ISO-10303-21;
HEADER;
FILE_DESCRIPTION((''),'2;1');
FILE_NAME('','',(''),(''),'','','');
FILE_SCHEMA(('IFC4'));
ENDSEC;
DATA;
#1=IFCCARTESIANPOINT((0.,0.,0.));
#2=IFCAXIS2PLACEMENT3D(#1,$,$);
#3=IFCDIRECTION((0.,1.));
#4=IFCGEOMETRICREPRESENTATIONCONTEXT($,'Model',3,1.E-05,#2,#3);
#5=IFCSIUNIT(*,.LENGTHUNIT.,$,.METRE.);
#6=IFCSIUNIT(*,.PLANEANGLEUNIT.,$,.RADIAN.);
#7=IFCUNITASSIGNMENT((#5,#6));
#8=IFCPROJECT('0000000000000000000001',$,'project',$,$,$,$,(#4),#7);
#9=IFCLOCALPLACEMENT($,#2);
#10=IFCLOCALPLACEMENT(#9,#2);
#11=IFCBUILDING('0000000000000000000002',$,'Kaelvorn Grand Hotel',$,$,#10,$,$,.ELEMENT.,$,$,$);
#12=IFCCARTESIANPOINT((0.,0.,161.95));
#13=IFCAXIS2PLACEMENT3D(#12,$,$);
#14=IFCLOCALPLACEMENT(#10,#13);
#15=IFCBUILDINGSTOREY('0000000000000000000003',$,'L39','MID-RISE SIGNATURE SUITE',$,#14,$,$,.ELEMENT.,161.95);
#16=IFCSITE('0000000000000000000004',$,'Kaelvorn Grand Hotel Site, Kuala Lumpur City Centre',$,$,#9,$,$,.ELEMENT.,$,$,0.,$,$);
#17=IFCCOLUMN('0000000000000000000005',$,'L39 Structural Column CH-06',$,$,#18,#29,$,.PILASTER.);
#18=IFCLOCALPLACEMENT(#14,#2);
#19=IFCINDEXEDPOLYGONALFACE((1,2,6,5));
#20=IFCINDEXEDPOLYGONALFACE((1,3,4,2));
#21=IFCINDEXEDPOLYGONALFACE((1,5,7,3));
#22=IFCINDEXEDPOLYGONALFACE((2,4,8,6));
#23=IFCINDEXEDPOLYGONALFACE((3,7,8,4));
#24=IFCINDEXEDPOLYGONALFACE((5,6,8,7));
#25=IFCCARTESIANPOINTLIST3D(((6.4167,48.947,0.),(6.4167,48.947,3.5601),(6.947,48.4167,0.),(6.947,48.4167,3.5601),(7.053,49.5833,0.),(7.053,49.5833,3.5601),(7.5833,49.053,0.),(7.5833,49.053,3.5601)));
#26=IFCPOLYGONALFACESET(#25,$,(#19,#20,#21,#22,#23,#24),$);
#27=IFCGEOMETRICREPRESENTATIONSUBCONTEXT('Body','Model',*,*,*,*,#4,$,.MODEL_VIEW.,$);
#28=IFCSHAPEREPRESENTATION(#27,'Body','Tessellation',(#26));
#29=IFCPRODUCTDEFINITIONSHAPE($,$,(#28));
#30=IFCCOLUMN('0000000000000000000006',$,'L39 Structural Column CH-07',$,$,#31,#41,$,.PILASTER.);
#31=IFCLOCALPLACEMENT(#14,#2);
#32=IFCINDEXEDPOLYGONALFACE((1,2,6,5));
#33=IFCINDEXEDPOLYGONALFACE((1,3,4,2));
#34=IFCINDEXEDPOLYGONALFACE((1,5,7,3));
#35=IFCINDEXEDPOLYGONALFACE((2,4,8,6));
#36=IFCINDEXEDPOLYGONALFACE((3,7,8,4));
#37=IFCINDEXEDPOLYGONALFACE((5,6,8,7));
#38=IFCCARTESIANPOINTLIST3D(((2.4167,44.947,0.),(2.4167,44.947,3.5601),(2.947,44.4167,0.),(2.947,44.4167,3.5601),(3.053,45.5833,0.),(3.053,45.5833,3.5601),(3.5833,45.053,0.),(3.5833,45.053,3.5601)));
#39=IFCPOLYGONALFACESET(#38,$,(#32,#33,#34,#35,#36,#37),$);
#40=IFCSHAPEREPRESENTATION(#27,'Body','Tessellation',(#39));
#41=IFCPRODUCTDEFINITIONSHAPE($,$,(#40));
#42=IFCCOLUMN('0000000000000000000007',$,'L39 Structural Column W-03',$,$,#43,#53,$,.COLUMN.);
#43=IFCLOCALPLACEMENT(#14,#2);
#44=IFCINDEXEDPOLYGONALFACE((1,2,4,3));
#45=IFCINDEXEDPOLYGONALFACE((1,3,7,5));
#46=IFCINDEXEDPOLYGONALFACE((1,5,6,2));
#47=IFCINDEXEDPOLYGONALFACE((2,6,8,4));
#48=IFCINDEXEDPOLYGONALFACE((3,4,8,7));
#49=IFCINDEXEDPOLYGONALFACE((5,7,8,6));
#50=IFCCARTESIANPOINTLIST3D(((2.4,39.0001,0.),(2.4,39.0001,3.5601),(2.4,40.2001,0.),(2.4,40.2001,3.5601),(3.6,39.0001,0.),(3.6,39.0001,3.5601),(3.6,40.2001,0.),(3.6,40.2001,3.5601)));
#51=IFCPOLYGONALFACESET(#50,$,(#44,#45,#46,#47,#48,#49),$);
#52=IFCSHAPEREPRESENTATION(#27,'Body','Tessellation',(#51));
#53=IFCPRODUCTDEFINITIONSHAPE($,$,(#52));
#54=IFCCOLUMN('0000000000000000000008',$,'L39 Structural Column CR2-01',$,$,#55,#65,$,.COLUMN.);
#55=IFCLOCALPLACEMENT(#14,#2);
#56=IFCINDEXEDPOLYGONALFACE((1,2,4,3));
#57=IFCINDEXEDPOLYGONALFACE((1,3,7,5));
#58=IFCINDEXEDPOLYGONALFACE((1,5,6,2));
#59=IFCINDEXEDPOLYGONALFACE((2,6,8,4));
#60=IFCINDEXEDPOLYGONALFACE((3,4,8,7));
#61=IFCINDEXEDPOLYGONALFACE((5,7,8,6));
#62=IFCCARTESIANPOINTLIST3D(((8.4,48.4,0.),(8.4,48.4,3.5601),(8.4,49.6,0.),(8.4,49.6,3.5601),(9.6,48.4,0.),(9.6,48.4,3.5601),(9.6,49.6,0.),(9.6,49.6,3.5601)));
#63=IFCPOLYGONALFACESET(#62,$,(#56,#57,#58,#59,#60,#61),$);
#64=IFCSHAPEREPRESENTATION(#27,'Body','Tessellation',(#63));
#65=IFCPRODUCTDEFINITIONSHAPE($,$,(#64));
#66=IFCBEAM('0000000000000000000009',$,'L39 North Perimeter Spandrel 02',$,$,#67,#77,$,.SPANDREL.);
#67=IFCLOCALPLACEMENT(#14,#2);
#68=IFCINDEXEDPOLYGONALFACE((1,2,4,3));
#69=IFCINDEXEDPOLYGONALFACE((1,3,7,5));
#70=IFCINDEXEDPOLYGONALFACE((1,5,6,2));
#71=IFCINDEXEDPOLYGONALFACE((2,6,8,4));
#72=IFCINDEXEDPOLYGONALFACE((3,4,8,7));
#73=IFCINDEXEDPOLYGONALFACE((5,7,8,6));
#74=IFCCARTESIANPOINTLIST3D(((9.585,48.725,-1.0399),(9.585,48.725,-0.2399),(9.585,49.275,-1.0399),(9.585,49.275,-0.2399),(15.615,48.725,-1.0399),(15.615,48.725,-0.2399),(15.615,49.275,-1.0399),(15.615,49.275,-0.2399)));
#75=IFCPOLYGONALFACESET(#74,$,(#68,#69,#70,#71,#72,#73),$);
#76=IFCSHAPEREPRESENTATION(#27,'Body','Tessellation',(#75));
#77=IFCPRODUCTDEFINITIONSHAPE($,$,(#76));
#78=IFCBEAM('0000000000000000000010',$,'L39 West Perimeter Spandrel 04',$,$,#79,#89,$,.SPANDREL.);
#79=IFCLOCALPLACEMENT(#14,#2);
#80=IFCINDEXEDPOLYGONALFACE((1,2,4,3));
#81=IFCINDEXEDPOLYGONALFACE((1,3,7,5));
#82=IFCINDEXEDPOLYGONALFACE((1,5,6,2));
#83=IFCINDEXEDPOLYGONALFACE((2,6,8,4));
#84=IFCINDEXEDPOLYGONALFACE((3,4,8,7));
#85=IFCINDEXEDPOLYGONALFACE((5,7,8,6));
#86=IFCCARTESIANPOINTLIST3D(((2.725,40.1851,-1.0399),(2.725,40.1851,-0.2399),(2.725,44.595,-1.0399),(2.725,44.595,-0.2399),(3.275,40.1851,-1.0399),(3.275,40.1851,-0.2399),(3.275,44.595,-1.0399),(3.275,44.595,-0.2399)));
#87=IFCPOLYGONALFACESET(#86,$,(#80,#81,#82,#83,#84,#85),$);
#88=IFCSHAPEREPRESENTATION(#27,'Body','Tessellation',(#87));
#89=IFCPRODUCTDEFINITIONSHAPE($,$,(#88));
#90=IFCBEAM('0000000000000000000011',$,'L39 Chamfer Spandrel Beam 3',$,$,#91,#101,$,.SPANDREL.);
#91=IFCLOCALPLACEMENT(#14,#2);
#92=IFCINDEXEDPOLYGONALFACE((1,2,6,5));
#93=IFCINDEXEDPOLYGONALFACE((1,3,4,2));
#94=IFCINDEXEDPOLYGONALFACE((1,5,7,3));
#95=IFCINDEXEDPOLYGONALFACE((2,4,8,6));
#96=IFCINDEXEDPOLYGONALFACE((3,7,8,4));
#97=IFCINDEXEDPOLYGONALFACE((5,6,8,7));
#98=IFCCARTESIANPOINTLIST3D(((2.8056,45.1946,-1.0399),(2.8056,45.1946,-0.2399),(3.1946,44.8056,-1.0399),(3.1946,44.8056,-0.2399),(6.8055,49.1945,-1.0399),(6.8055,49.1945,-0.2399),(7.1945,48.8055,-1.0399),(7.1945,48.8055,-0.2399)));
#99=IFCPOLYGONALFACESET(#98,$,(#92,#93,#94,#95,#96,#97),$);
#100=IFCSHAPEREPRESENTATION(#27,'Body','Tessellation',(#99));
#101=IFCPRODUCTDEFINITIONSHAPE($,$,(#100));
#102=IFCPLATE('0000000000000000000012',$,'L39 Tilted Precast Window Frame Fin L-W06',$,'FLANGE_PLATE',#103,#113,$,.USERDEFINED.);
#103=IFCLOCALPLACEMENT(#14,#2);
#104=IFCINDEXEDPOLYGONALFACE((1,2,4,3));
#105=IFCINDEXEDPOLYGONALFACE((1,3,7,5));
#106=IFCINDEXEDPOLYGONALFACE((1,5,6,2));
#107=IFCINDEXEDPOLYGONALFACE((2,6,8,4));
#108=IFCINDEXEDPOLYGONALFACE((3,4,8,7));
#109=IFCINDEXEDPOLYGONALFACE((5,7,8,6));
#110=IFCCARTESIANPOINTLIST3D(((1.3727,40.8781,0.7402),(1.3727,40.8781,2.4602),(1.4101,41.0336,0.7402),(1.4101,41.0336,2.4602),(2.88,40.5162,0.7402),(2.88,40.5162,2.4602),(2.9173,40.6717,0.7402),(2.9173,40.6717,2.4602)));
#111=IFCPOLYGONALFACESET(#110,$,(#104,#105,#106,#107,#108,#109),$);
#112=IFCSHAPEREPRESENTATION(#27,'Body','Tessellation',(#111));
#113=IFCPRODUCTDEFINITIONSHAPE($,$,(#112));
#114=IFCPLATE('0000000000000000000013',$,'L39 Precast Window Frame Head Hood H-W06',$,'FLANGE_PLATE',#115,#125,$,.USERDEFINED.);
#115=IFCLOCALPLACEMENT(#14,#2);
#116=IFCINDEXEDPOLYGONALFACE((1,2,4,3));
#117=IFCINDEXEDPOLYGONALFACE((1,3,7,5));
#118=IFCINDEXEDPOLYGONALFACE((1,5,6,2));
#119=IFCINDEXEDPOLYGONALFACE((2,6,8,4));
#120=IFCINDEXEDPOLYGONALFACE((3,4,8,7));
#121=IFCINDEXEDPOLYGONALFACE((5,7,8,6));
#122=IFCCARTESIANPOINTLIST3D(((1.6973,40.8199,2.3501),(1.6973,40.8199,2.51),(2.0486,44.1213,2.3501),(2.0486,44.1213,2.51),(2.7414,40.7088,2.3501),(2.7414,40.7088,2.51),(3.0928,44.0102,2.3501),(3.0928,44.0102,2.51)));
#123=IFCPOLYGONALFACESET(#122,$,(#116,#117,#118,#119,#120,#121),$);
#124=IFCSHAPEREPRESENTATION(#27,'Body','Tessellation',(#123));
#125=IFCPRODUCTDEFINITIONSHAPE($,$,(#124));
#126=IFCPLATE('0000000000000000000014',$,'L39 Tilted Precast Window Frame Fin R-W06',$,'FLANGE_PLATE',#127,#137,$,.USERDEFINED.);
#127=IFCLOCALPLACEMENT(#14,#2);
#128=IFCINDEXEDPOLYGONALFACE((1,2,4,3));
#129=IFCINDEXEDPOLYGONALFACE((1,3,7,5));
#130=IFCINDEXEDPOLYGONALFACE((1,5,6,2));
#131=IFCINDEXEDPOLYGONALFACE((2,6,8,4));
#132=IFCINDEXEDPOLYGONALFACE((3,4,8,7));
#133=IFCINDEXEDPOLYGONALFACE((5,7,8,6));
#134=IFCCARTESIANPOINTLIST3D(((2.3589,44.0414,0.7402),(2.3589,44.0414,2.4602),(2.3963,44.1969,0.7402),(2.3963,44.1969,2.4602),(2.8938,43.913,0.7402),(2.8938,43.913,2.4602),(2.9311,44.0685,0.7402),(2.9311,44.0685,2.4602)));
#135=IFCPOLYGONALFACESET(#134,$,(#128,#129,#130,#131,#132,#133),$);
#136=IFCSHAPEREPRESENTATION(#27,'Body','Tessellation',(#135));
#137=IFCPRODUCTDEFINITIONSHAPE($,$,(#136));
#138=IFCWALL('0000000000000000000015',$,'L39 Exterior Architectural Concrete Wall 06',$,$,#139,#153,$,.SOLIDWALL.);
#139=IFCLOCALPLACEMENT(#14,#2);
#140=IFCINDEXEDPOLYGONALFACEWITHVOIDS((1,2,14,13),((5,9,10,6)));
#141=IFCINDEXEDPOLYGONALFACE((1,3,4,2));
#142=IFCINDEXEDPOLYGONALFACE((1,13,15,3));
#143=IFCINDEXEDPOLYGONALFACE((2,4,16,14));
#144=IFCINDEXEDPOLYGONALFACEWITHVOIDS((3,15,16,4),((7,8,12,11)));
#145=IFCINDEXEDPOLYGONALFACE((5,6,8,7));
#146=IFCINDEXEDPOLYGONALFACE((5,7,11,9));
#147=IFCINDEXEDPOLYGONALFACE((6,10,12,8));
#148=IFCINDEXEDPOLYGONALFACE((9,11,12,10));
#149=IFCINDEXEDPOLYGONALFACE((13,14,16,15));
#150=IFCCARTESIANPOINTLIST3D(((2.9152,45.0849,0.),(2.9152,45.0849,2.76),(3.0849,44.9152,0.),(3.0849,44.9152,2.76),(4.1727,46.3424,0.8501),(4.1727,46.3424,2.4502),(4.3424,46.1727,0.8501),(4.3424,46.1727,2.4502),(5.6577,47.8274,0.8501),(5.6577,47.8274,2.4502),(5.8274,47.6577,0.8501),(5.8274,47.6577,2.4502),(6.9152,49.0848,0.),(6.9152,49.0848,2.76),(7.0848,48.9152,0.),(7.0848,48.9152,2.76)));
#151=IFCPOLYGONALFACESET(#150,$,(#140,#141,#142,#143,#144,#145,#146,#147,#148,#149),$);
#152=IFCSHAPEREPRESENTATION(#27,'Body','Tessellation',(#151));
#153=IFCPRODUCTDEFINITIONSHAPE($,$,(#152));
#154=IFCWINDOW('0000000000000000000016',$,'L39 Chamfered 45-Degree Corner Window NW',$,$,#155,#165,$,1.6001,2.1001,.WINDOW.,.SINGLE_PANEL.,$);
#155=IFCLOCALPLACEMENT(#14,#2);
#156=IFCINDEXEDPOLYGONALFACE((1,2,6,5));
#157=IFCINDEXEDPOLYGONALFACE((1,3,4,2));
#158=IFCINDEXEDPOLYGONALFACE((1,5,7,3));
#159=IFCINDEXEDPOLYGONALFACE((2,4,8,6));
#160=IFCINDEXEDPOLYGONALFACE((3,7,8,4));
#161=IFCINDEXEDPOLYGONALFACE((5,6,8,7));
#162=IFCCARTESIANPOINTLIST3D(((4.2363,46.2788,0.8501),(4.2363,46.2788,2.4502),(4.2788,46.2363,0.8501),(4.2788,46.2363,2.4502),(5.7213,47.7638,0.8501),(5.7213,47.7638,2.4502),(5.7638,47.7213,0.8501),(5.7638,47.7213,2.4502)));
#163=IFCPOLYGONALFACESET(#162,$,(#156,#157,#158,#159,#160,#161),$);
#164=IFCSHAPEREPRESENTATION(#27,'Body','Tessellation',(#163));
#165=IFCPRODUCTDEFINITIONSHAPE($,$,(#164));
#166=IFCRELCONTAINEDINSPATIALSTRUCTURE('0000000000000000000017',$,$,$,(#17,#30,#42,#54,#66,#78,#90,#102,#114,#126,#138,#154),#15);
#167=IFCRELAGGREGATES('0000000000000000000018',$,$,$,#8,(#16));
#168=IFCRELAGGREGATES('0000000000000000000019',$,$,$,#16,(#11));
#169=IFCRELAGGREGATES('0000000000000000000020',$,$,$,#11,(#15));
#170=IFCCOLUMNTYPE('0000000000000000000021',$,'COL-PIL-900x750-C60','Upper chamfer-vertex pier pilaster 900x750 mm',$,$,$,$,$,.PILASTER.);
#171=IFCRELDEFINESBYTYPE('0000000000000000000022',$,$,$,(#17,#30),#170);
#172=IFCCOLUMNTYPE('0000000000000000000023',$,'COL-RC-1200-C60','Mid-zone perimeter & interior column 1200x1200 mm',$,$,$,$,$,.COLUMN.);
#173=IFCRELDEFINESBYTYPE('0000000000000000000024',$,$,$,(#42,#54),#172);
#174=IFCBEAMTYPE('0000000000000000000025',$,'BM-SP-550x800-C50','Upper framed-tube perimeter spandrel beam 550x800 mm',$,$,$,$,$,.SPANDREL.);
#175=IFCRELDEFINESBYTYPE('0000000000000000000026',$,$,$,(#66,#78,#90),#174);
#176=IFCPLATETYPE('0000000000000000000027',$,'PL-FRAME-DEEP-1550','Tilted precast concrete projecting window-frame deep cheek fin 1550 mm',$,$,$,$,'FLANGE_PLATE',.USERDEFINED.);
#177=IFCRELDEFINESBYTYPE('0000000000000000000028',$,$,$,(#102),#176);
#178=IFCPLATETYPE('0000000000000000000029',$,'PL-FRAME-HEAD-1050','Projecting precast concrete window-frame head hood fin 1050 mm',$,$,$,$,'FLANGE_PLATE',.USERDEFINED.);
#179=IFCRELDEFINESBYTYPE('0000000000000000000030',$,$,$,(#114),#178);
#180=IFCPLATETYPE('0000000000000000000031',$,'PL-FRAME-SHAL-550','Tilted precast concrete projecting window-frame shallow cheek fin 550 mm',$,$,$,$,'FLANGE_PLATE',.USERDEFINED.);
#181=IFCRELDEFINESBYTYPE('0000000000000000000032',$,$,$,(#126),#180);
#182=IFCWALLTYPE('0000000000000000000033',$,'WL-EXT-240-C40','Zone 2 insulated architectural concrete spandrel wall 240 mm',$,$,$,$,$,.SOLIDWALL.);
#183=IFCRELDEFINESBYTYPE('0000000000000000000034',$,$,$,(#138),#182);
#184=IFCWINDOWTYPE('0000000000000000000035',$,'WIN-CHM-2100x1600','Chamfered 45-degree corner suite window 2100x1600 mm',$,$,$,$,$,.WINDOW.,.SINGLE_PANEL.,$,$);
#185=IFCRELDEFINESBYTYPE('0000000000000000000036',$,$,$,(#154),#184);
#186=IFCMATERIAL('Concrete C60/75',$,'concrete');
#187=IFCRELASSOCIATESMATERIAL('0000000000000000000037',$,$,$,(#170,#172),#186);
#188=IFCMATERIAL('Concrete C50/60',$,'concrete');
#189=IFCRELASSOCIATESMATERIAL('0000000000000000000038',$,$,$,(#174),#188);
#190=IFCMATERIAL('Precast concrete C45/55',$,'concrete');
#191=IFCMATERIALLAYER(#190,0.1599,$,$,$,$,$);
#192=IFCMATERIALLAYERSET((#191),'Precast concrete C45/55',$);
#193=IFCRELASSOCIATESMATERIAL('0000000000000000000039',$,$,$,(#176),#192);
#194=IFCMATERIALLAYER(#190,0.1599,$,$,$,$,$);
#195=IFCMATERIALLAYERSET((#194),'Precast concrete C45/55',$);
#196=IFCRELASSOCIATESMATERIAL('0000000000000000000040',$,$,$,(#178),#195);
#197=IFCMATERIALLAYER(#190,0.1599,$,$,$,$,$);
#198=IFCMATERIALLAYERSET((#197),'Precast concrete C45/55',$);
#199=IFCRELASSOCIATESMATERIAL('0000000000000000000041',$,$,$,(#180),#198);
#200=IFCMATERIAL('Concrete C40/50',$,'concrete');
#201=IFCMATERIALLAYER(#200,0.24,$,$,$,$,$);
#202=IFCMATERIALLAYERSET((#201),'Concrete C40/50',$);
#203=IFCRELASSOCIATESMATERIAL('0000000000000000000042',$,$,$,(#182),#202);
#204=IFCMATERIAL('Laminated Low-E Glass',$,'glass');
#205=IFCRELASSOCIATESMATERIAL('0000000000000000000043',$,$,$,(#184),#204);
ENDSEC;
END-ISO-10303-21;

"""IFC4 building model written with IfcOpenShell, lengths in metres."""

from ifc_helpers import new_model, si_unit, direction, frame, frame_2d, origin, origin_2d, place, context, subcontext, project, spatial, rectangle, extrude, material, layer, layer_set, material_profile, profile_set, type_object, element, fill, save


model = new_model("IFC4")

# Units and contexts
model_context = context("Model", 3, precision=1e-05, world=origin(), true_north=direction((0.0, 1.0)))
body_context = subcontext(model_context, "Body", "Model", "MODEL_VIEW")
ifc_project = project(units=[si_unit("LENGTHUNIT", "METRE"), si_unit("PLANEANGLEUNIT", "RADIAN")], contexts=[model_context])

# Site, building, storey
site_placement = place(None, origin())
site = spatial("IfcSite", under=ifc_project, at=site_placement, Name="Kaelvorn Grand Hotel Site, Kuala Lumpur City Centre", CompositionType="ELEMENT", RefElevation=0.0)
building_placement = place(site_placement, origin())
building = spatial("IfcBuilding", under=site, at=building_placement, Name="Kaelvorn Grand Hotel", CompositionType="ELEMENT")
storey_placement = place(building_placement, frame((0.0, 0.0, 161.95)))
storey = spatial("IfcBuildingStorey", under=building, at=storey_placement, Name="L39", Description="MID-RISE SIGNATURE SUITE", CompositionType="ELEMENT", Elevation=161.95)

# Columns
ifc_material_1 = material(Name="Concrete C60/75", Category="concrete")
ifc_material_profile_1 = material_profile(ifc_material_1, rectangle(XDim=0.8999, YDim=0.75, at=origin_2d()), Name="RC PILASTER 900x750")
ifc_profile_set_1 = profile_set([ifc_material_profile_1], Name="Concrete C60/75")
column_type_1 = type_object("IfcColumnType", Name="COL-PIL-900x750-C60", Description="Upper chamfer-vertex pier pilaster 900x750 mm", PredefinedType="PILASTER", material=ifc_profile_set_1)
for number, where, z_axis, x_axis, name in (
    (1, (7.0, 49.0, 0.0), (0.0, 0.0, 1.0), (0.707107, 0.707107, 0.0), "L39 Structural Column CH-06"),
    (2, (3.0, 45.0, 0.0), (0.0, 0.0, 1.0), (0.707107, 0.707107, 0.0), "L39 Structural Column CH-07"),
):
    element("IfcColumn", number, at=place(storey_placement, frame(where, z_axis=z_axis, x_axis=x_axis)), inside=storey, type_object=column_type_1, Name=name, PredefinedType="PILASTER", context=body_context, shape_type="SweptSolid", body=[
        extrude(rectangle(XDim=0.8999, YDim=0.75, at=origin_2d()), origin(), (0.0, 0.0, 1.0), 3.5601),
    ])
ifc_material_profile_2 = material_profile(ifc_material_1, rectangle(XDim=1.2, YDim=1.2, at=origin_2d()), Name="RC COL 1200x1200")
ifc_profile_set_2 = profile_set([ifc_material_profile_2], Name="Concrete C60/75")
column_type_2 = type_object("IfcColumnType", Name="COL-RC-1200-C60", Description="Mid-zone perimeter & interior column 1200x1200 mm", PredefinedType="COLUMN", material=ifc_profile_set_2)
for number, where, z_axis, x_axis, name in (
    (3, (3.0, 39.6001, 0.0), (0.0, 0.0, 1.0), (1.0, 0.0, 0.0), "L39 Structural Column W-03"),
    (4, (9.0, 49.0, 0.0), (0.0, 0.0, 1.0), (1.0, 0.0, 0.0), "L39 Structural Column CR2-01"),
):
    element("IfcColumn", number, at=place(storey_placement, frame(where, z_axis=z_axis, x_axis=x_axis)), inside=storey, type_object=column_type_2, Name=name, PredefinedType="COLUMN", context=body_context, shape_type="SweptSolid", body=[
        extrude(rectangle(XDim=1.2, YDim=1.2, at=origin_2d()), origin(), (0.0, 0.0, 1.0), 3.5601),
    ])

# Beams
ifc_material_2 = material(Name="Concrete C50/60", Category="concrete")
ifc_material_profile_3 = material_profile(ifc_material_2, rectangle(XDim=0.55, YDim=0.8, at=origin_2d()), Name="RC SPANDREL 550x800")
ifc_profile_set_3 = profile_set([ifc_material_profile_3], Name="Concrete C50/60")
beam_type = type_object("IfcBeamType", Name="BM-SP-550x800-C50", Description="Upper framed-tube perimeter spandrel beam 550x800 mm", PredefinedType="SPANDREL", material=ifc_profile_set_3)
beam_1_placement = place(storey_placement, frame((9.585, 49.0, -0.6399), z_axis=(1.0, 0.0, 0.0), x_axis=(0.0, 1.0, 0.0)))
element("IfcBeam", 5, at=beam_1_placement, inside=storey, type_object=beam_type, Name="L39 North Perimeter Spandrel 02", PredefinedType="SPANDREL", context=body_context, shape_type="SweptSolid", body=[
    extrude(rectangle(XDim=0.55, YDim=0.8, at=origin_2d()), origin(), (0.0, 0.0, 1.0), 6.03),
])
beam_2_placement = place(storey_placement, frame((3.0, 40.1851, -0.6399), z_axis=(0.0, 1.0, 0.0), x_axis=(-1.0, 0.0, 0.0)))
element("IfcBeam", 6, at=beam_2_placement, inside=storey, type_object=beam_type, Name="L39 West Perimeter Spandrel 04", PredefinedType="SPANDREL", context=body_context, shape_type="SweptSolid", body=[
    extrude(rectangle(XDim=0.55, YDim=0.8, at=origin_2d()), origin(), (0.0, 0.0, 1.0), 4.4099),
])
beam_3_placement = place(storey_placement, frame((7.0, 49.0, -0.6399), z_axis=(-0.707107, -0.707107, 0.0), x_axis=(0.707107, -0.707107, 0.0)))
element("IfcBeam", 7, at=beam_3_placement, inside=storey, type_object=beam_type, Name="L39 Chamfer Spandrel Beam 3", PredefinedType="SPANDREL", context=body_context, shape_type="SweptSolid", body=[
    extrude(rectangle(XDim=0.55, YDim=0.8, at=origin_2d()), origin(), (0.0, 0.0, 1.0), 5.6567),
])

# Plates
ifc_material_3 = material(Name="Precast concrete C45/55", Category="concrete")
ifc_layer_1 = layer(ifc_material_3, 0.1599)
ifc_layer_set_1 = layer_set([ifc_layer_1], Name="Precast concrete C45/55")
plate_type_1 = type_object("IfcPlateType", Name="PL-FRAME-DEEP-1550", Description="Tilted precast concrete projecting window-frame deep cheek fin 1550 mm", ElementType="FLANGE_PLATE", PredefinedType="USERDEFINED", material=ifc_layer_set_1)
plate_1_placement = place(storey_placement, frame((2.145, 40.7749, 0.7402), z_axis=(0.0, 0.0, 1.0), x_axis=(0.233445, 0.97237, 0.0)))
element("IfcPlate", 8, at=plate_1_placement, inside=storey, type_object=plate_type_1, Name="L39 Tilted Precast Window Frame Fin L-W06", ObjectType="FLANGE_PLATE", PredefinedType="USERDEFINED", context=body_context, shape_type="SweptSolid", body=[
    extrude(rectangle(XDim=0.1599, YDim=1.55, at=origin_2d()), origin(), (0.0, 0.0, 1.0), 1.72),
])
ifc_layer_2 = layer(ifc_material_3, 0.1599)
ifc_layer_set_2 = layer_set([ifc_layer_2], Name="Precast concrete C45/55")
plate_type_2 = type_object("IfcPlateType", Name="PL-FRAME-HEAD-1050", Description="Projecting precast concrete window-frame head hood fin 1050 mm", ElementType="FLANGE_PLATE", PredefinedType="USERDEFINED", material=ifc_layer_set_2)
plate_2_placement = place(storey_placement, frame((2.395, 42.415, 2.3501), z_axis=(0.0, 0.0, 1.0), x_axis=(0.10583, 0.994384, 0.0)))
element("IfcPlate", 9, at=plate_2_placement, inside=storey, type_object=plate_type_2, Name="L39 Precast Window Frame Head Hood H-W06", ObjectType="FLANGE_PLATE", PredefinedType="USERDEFINED", context=body_context, shape_type="SweptSolid", body=[
    extrude(rectangle(XDim=3.3201, YDim=1.05, at=origin_2d()), origin(), (0.0, 0.0, 1.0), 0.1599),
])
ifc_layer_3 = layer(ifc_material_3, 0.1599)
ifc_layer_set_3 = layer_set([ifc_layer_3], Name="Precast concrete C45/55")
plate_type_3 = type_object("IfcPlateType", Name="PL-FRAME-SHAL-550", Description="Tilted precast concrete projecting window-frame shallow cheek fin 550 mm", ElementType="FLANGE_PLATE", PredefinedType="USERDEFINED", material=ifc_layer_set_3)
plate_3_placement = place(storey_placement, frame((2.645, 44.0549, 0.7402), z_axis=(0.0, 0.0, 1.0), x_axis=(0.233445, 0.97237, 0.0)))
element("IfcPlate", 10, at=plate_3_placement, inside=storey, type_object=plate_type_3, Name="L39 Tilted Precast Window Frame Fin R-W06", ObjectType="FLANGE_PLATE", PredefinedType="USERDEFINED", context=body_context, shape_type="SweptSolid", body=[
    extrude(rectangle(XDim=0.1599, YDim=0.55, at=origin_2d()), origin(), (0.0, 0.0, 1.0), 1.72),
])

# Wall, opening, window
ifc_material_4 = material(Name="Concrete C40/50", Category="concrete")
ifc_layer_4 = layer(ifc_material_4, 0.24)
ifc_layer_set_4 = layer_set([ifc_layer_4], Name="Concrete C40/50")
wall_type = type_object("IfcWallType", Name="WL-EXT-240-C40", Description="Zone 2 insulated architectural concrete spandrel wall 240 mm", PredefinedType="SOLIDWALL", material=ifc_layer_set_4)
wall_1_placement = place(storey_placement, frame((7.0, 49.0, 0.0), z_axis=(0.0, 0.0, 1.0), x_axis=(-0.707107, -0.707107, 0.0)))
wall_1 = element("IfcWall", 11, at=wall_1_placement, inside=storey, type_object=wall_type, Name="L39 Exterior Architectural Concrete Wall 06", PredefinedType="SOLIDWALL", context=body_context, shape_type="SweptSolid", body=[
    extrude(rectangle(XDim=5.6567, YDim=0.24, at=frame_2d((2.8284, 0.0))), origin(), (0.0, 0.0, 1.0), 2.76),
])
opening_1_placement = place(wall_1_placement, frame((1.7783, 0.0, 0.8501)))
opening_1 = element("IfcOpeningElement", 12, at=opening_1_placement, cuts=wall_1, PredefinedType="OPENING", context=body_context, shape_type="SweptSolid", body=[
    extrude(rectangle(XDim=2.1001, YDim=1.6001, at=frame_2d((1.05, 0.8))), frame((0.0, 0.1299, 0.0), z_axis=(0.0, -1.0, 0.0), x_axis=(1.0, 0.0, 0.0)), (0.0, 0.0, 1.0), 0.26),
])
ifc_material_5 = material(Name="Laminated Low-E Glass", Category="glass")
window_type_1 = type_object("IfcWindowType", Name="WIN-CHM-2100x1600", Description="Chamfered 45-degree corner suite window 2100x1600 mm", PartitioningType="SINGLE_PANEL", PredefinedType="WINDOW", material=ifc_material_5)
window_1_placement = place(opening_1_placement, origin())
window_1 = element("IfcWindow", 13, at=window_1_placement, inside=storey, type_object=window_type_1, Name="L39 Chamfered 45-Degree Corner Window NW", OverallHeight=1.6001, OverallWidth=2.1001, PartitioningType="SINGLE_PANEL", PredefinedType="WINDOW", context=body_context, shape_type="SweptSolid", body=[
    extrude(rectangle(XDim=2.1001, YDim=1.6001, at=frame_2d((1.05, 0.8))), frame((0.0, 0.03, 0.0), z_axis=(0.0, -1.0, 0.0), x_axis=(1.0, 0.0, 0.0)), (0.0, 0.0, 1.0), 0.0601),
])
fill(opening_1, window_1)

save(model, "model.ifc")
